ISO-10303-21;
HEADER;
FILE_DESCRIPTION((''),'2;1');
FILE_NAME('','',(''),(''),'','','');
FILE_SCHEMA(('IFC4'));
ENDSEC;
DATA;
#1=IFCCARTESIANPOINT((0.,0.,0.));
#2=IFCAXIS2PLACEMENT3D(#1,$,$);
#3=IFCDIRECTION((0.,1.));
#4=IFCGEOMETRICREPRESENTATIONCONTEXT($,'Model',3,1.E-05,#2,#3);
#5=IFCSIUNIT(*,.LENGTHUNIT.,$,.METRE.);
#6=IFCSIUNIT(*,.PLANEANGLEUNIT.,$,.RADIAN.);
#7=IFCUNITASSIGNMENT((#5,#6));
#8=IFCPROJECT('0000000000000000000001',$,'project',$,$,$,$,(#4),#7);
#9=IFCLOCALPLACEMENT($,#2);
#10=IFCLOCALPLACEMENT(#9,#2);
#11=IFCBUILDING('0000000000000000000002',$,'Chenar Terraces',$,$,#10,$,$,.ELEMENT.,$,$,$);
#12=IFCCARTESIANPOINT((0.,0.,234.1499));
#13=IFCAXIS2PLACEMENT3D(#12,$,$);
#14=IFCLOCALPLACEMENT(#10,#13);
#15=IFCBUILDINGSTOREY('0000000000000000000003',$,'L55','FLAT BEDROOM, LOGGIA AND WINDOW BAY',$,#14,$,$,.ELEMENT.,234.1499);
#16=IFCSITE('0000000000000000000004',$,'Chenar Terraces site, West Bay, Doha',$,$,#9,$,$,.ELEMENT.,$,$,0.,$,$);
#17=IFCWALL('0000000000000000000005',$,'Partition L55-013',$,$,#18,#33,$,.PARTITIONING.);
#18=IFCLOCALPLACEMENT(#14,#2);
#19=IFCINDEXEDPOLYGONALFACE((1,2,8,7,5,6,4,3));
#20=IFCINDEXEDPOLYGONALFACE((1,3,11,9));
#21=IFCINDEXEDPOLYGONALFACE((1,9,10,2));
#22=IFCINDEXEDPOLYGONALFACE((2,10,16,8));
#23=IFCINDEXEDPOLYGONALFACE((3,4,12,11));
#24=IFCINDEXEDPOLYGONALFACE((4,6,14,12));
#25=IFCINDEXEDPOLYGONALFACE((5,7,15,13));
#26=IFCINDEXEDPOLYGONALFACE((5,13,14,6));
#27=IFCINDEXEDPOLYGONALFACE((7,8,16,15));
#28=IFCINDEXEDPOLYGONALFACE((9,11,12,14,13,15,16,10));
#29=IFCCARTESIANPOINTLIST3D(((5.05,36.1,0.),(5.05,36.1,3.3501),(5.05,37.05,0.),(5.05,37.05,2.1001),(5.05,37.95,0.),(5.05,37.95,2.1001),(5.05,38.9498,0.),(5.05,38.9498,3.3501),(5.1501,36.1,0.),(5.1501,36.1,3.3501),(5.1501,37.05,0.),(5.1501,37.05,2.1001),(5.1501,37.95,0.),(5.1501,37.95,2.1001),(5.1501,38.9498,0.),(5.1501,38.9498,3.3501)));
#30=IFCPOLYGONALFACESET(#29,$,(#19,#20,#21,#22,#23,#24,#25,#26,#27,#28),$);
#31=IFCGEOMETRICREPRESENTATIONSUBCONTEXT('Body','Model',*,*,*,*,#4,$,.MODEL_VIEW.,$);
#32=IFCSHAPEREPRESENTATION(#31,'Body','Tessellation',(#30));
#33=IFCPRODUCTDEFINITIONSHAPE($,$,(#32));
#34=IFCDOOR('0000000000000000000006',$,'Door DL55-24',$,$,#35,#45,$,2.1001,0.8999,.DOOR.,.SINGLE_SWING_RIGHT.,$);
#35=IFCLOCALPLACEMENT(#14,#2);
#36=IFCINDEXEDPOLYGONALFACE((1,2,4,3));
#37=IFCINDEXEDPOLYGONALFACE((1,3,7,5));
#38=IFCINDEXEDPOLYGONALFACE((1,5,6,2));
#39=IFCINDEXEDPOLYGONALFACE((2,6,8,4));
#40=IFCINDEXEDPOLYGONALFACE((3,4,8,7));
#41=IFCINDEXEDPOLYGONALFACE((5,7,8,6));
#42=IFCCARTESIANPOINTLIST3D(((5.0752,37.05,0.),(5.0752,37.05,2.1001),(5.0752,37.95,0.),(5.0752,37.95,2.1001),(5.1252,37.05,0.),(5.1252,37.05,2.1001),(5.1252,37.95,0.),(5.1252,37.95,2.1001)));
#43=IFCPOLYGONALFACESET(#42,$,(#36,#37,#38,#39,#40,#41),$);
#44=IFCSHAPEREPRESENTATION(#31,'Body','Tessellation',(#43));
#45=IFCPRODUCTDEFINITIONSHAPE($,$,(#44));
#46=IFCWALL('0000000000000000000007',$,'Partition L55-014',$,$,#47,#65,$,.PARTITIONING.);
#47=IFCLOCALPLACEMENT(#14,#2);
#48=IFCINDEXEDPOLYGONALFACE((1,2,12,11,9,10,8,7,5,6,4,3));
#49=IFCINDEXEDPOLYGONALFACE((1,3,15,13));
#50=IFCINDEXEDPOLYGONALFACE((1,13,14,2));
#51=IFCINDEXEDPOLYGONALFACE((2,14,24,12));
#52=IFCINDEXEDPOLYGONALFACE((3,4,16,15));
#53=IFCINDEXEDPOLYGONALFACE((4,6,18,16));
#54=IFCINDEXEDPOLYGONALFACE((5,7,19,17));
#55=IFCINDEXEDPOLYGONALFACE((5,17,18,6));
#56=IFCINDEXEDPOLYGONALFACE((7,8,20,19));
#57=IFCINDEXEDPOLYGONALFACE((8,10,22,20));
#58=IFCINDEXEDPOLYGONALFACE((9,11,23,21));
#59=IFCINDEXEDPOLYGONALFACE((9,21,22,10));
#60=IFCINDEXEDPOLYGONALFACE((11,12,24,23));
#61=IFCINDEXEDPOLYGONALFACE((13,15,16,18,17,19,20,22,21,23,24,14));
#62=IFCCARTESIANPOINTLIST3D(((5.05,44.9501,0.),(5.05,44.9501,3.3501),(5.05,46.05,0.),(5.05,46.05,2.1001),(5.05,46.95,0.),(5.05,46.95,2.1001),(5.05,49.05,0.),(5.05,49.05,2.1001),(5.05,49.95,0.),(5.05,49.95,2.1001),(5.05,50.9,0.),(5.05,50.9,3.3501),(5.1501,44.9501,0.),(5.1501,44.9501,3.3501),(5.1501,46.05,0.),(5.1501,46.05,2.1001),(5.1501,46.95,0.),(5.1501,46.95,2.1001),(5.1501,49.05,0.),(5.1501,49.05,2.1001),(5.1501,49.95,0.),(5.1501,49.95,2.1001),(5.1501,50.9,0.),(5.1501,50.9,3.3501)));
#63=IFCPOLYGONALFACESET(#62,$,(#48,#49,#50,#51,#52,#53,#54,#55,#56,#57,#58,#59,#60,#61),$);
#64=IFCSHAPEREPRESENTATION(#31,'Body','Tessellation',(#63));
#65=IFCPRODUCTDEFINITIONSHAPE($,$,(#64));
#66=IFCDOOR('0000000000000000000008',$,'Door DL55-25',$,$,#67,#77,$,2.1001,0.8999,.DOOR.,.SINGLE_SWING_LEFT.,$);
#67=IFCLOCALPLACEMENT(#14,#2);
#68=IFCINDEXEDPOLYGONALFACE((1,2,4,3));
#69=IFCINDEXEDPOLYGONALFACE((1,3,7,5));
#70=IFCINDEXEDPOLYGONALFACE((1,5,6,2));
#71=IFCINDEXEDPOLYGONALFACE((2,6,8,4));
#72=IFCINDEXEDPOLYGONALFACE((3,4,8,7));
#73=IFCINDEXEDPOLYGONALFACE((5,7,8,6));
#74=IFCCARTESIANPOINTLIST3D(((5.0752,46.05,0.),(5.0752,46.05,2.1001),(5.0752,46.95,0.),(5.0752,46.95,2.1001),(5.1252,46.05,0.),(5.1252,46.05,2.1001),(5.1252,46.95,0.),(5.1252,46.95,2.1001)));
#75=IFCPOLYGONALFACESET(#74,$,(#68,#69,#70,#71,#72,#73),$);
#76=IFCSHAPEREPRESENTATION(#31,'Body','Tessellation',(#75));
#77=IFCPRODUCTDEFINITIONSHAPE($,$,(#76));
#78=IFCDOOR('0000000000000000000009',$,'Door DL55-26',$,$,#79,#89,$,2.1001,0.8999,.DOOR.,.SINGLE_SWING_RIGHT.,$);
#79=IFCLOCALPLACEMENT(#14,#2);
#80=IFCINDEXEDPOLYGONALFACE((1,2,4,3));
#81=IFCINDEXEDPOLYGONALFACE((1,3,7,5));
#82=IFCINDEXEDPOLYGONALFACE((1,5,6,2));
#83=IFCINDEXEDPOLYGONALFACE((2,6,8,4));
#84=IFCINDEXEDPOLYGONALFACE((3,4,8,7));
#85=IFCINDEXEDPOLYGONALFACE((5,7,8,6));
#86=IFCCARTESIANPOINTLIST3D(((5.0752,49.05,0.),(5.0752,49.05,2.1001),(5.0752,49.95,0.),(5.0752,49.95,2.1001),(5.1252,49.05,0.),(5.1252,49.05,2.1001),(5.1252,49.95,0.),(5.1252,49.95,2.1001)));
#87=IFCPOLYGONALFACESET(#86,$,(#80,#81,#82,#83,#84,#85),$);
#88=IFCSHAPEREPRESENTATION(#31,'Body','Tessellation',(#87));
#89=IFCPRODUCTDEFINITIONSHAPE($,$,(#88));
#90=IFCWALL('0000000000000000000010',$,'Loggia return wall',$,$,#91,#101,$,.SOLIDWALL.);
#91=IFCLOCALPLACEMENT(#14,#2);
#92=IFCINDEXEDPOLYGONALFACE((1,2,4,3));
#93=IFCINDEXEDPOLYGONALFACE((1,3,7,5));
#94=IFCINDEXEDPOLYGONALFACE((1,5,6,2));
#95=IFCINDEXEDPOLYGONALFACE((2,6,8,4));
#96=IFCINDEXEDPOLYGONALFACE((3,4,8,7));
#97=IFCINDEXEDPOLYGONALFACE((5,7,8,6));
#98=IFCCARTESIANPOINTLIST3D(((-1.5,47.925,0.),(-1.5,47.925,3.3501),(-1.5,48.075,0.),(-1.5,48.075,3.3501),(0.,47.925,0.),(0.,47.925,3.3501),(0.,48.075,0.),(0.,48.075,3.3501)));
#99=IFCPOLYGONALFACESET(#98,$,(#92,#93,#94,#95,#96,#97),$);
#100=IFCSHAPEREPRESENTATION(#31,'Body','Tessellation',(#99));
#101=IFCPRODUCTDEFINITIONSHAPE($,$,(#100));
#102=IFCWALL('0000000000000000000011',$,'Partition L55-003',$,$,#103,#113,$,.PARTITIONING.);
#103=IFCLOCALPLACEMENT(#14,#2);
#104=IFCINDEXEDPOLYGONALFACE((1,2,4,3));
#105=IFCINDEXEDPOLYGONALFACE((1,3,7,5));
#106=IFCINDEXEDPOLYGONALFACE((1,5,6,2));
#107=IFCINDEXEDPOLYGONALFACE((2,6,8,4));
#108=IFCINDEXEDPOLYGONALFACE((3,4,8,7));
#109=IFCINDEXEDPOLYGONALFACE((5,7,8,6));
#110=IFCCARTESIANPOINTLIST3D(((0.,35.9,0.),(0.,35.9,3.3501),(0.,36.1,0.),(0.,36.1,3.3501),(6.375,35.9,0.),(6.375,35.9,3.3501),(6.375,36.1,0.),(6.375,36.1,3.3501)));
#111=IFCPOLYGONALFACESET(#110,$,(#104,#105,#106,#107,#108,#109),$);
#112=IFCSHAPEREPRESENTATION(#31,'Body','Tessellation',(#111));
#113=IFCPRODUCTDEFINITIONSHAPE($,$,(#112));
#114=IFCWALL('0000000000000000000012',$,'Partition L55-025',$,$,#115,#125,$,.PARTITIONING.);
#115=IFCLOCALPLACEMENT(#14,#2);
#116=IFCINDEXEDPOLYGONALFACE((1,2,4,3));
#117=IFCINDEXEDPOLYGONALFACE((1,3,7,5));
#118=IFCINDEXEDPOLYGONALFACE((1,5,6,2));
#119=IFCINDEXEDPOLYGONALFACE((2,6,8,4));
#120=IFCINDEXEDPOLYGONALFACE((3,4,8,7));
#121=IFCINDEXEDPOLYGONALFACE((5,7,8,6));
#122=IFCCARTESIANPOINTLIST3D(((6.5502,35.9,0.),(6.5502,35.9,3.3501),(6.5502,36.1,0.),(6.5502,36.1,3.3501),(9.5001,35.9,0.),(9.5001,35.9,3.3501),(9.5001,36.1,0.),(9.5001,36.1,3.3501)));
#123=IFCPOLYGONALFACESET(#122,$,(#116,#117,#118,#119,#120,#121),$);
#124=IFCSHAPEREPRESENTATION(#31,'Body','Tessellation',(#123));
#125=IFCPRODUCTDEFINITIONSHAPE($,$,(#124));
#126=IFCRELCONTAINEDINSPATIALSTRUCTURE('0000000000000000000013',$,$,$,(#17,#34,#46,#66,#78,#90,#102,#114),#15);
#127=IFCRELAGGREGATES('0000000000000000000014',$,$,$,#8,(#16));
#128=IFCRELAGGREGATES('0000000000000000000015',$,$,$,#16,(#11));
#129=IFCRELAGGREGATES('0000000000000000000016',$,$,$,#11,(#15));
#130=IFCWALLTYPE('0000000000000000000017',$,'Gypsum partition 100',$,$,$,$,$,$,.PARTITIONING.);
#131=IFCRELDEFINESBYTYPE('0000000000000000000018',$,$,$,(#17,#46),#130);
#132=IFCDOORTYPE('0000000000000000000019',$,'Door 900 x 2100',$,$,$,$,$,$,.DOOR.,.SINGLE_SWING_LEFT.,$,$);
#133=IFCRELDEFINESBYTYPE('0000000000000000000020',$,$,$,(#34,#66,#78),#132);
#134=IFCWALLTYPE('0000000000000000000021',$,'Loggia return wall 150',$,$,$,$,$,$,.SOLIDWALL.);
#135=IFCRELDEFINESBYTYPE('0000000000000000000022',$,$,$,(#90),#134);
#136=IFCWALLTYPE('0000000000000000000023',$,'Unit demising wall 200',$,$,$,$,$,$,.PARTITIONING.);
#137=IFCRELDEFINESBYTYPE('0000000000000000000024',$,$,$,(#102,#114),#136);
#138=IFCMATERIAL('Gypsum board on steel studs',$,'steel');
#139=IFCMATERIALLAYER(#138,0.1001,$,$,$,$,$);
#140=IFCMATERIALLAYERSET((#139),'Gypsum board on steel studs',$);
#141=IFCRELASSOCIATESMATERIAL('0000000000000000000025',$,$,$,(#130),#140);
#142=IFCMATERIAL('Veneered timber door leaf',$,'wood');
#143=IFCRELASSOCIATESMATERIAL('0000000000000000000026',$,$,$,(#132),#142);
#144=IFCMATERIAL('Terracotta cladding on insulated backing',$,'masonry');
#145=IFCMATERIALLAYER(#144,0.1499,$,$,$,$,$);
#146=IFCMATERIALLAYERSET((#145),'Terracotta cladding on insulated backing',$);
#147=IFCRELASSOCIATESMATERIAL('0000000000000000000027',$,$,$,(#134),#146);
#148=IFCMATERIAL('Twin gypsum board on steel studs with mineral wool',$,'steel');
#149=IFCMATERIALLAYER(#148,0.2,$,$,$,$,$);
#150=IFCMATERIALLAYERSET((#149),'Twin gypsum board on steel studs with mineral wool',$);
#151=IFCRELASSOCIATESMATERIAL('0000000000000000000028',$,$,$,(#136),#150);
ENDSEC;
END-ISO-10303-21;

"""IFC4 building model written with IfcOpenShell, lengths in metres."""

from ifc_helpers import new_model, si_unit, direction, frame, frame_2d, origin, place, context, subcontext, project, spatial, rectangle, extrude, material, layer, layer_set, type_object, element, fill, save


model = new_model("IFC4")

# Units and contexts
model_context = context("Model", 3, precision=1e-05, world=origin(), true_north=direction((0.0, 1.0)))
body_context = subcontext(model_context, "Body", "Model", "MODEL_VIEW")
ifc_project = project(units=[si_unit("LENGTHUNIT", "METRE"), si_unit("PLANEANGLEUNIT", "RADIAN")], contexts=[model_context])

# Site, building, storey
site_placement = place(None, origin())
site = spatial("IfcSite", under=ifc_project, at=site_placement, Name="Chenar Terraces site, West Bay, Doha", CompositionType="ELEMENT", RefElevation=0.0)
building_placement = place(site_placement, origin())
building = spatial("IfcBuilding", under=site, at=building_placement, Name="Chenar Terraces", CompositionType="ELEMENT")
storey_placement = place(building_placement, frame((0.0, 0.0, 234.1499)))
storey = spatial("IfcBuildingStorey", under=building, at=storey_placement, Name="L55", Description="FLAT BEDROOM, LOGGIA AND WINDOW BAY", CompositionType="ELEMENT", Elevation=234.1499)

# Shared definitions
ifc_material_1 = material(Name="Gypsum board on steel studs", Category="steel")
ifc_layer_1 = layer(ifc_material_1, 0.1001)
ifc_layer_set_1 = layer_set([ifc_layer_1], Name="Gypsum board on steel studs")
wall_type_1 = type_object("IfcWallType", Name="Gypsum partition 100", PredefinedType="PARTITIONING", material=ifc_layer_set_1)

# Wall, opening, door
wall_1_placement = place(storey_placement, frame((5.1001, 36.1001, 0.0), z_axis=(0.0, 0.0, 1.0), x_axis=(0.0, 1.0, 0.0)))
wall_1 = element("IfcWall", 1, at=wall_1_placement, inside=storey, type_object=wall_type_1, Name="Partition L55-013", PredefinedType="PARTITIONING", context=body_context, shape_type="SweptSolid", body=[
    extrude(rectangle(XDim=2.8499, YDim=0.1001, at=frame_2d((1.4248, 0.0))), origin(), (0.0, 0.0, 1.0), 3.3501),
])
opening_1_placement = place(wall_1_placement, frame((0.95, 0.0, 0.0)))
opening_1 = element("IfcOpeningElement", 2, at=opening_1_placement, cuts=wall_1, PredefinedType="OPENING", context=body_context, shape_type="SweptSolid", body=[
    extrude(rectangle(XDim=0.8999, YDim=2.1001, at=frame_2d((0.45, 1.05))), frame((0.0, 0.0601, 0.0), z_axis=(0.0, -1.0, 0.0), x_axis=(1.0, 0.0, 0.0)), (0.0, 0.0, 1.0), 0.1201),
])
ifc_material_2 = material(Name="Veneered timber door leaf", Category="wood")
door_type_1 = type_object("IfcDoorType", Name="Door 900 x 2100", OperationType="SINGLE_SWING_LEFT", PredefinedType="DOOR", material=ifc_material_2)
door_1_placement = place(opening_1_placement, origin())
door_1 = element("IfcDoor", 3, at=door_1_placement, inside=storey, type_object=door_type_1, Name="Door DL55-24", OperationType="SINGLE_SWING_RIGHT", OverallHeight=2.1001, OverallWidth=0.8999, PredefinedType="DOOR", context=body_context, shape_type="SweptSolid", body=[
    extrude(rectangle(XDim=0.8999, YDim=2.1001, at=frame_2d((0.45, 1.05))), frame((0.0, 0.0249, 0.0), z_axis=(0.0, -1.0, 0.0), x_axis=(1.0, 0.0, 0.0)), (0.0, 0.0, 1.0), 0.05),
])
fill(opening_1, door_1)

# Wall, openings, doors
wall_2_placement = place(storey_placement, frame((5.1001, 44.95, 0.0), z_axis=(0.0, 0.0, 1.0), x_axis=(0.0, 1.0, 0.0)))
wall_2 = element("IfcWall", 4, at=wall_2_placement, inside=storey, type_object=wall_type_1, Name="Partition L55-014", PredefinedType="PARTITIONING", context=body_context, shape_type="SweptSolid", body=[
    extrude(rectangle(XDim=5.95, YDim=0.1001, at=frame_2d((2.9751, 0.0))), origin(), (0.0, 0.0, 1.0), 3.3501),
])
opening_2_placement = place(wall_2_placement, frame((1.1001, 0.0, 0.0)))
opening_2 = element("IfcOpeningElement", 5, at=opening_2_placement, cuts=wall_2, PredefinedType="OPENING", context=body_context, shape_type="SweptSolid", body=[
    extrude(rectangle(XDim=0.8999, YDim=2.1001, at=frame_2d((0.45, 1.05))), frame((0.0, 0.0601, 0.0), z_axis=(0.0, -1.0, 0.0), x_axis=(1.0, 0.0, 0.0)), (0.0, 0.0, 1.0), 0.1201),
])
opening_3_placement = place(wall_2_placement, frame((4.1001, 0.0, 0.0)))
opening_3 = element("IfcOpeningElement", 6, at=opening_3_placement, cuts=wall_2, PredefinedType="OPENING", context=body_context, shape_type="SweptSolid", body=[
    extrude(rectangle(XDim=0.8999, YDim=2.1001, at=frame_2d((0.45, 1.05))), frame((0.0, 0.0601, 0.0), z_axis=(0.0, -1.0, 0.0), x_axis=(1.0, 0.0, 0.0)), (0.0, 0.0, 1.0), 0.1201),
])
door_2_placement = place(opening_2_placement, origin())
door_2 = element("IfcDoor", 7, at=door_2_placement, inside=storey, type_object=door_type_1, Name="Door DL55-25", OperationType="SINGLE_SWING_LEFT", OverallHeight=2.1001, OverallWidth=0.8999, PredefinedType="DOOR", context=body_context, shape_type="SweptSolid", body=[
    extrude(rectangle(XDim=0.8999, YDim=2.1001, at=frame_2d((0.45, 1.05))), frame((0.0, 0.0249, 0.0), z_axis=(0.0, -1.0, 0.0), x_axis=(1.0, 0.0, 0.0)), (0.0, 0.0, 1.0), 0.05),
])
fill(opening_2, door_2)
door_3_placement = place(opening_3_placement, origin())
door_3 = element("IfcDoor", 8, at=door_3_placement, inside=storey, type_object=door_type_1, Name="Door DL55-26", OperationType="SINGLE_SWING_RIGHT", OverallHeight=2.1001, OverallWidth=0.8999, PredefinedType="DOOR", context=body_context, shape_type="SweptSolid", body=[
    extrude(rectangle(XDim=0.8999, YDim=2.1001, at=frame_2d((0.45, 1.05))), frame((0.0, 0.0249, 0.0), z_axis=(0.0, -1.0, 0.0), x_axis=(1.0, 0.0, 0.0)), (0.0, 0.0, 1.0), 0.05),
])
fill(opening_3, door_3)

# Walls
ifc_material_3 = material(Name="Terracotta cladding on insulated backing", Category="masonry")
ifc_layer_2 = layer(ifc_material_3, 0.1499)
ifc_layer_set_2 = layer_set([ifc_layer_2], Name="Terracotta cladding on insulated backing")
wall_type_2 = type_object("IfcWallType", Name="Loggia return wall 150", PredefinedType="SOLIDWALL", material=ifc_layer_set_2)
wall_3_placement = place(storey_placement, frame((-1.5, 48.0, 0.0), z_axis=(0.0, 0.0, 1.0), x_axis=(1.0, 0.0, 0.0)))
element("IfcWall", 9, at=wall_3_placement, inside=storey, type_object=wall_type_2, Name="Loggia return wall", PredefinedType="SOLIDWALL", context=body_context, shape_type="SweptSolid", body=[
    extrude(rectangle(XDim=1.5, YDim=0.1499, at=frame_2d((0.75, 0.0))), origin(), (0.0, 0.0, 1.0), 3.3501),
])
ifc_material_4 = material(Name="Twin gypsum board on steel studs with mineral wool", Category="steel")
ifc_layer_3 = layer(ifc_material_4, 0.2)
ifc_layer_set_3 = layer_set([ifc_layer_3], Name="Twin gypsum board on steel studs with mineral wool")
wall_type_3 = type_object("IfcWallType", Name="Unit demising wall 200", PredefinedType="PARTITIONING", material=ifc_layer_set_3)
wall_4_placement = place(storey_placement, frame((0.0, 36.0, 0.0), z_axis=(0.0, 0.0, 1.0), x_axis=(1.0, 0.0, 0.0)))
element("IfcWall", 10, at=wall_4_placement, inside=storey, type_object=wall_type_3, Name="Partition L55-003", PredefinedType="PARTITIONING", context=body_context, shape_type="SweptSolid", body=[
    extrude(rectangle(XDim=6.375, YDim=0.2, at=frame_2d((3.1875, 0.0))), origin(), (0.0, 0.0, 1.0), 3.3501),
])
wall_5_placement = place(storey_placement, frame((6.55, 36.0, 0.0), z_axis=(0.0, 0.0, 1.0), x_axis=(1.0, 0.0, 0.0)))
element("IfcWall", 11, at=wall_5_placement, inside=storey, type_object=wall_type_3, Name="Partition L55-025", PredefinedType="PARTITIONING", context=body_context, shape_type="SweptSolid", body=[
    extrude(rectangle(XDim=2.95, YDim=0.2, at=frame_2d((1.4751, 0.0))), origin(), (0.0, 0.0, 1.0), 3.3501),
])

save(model, "model.ifc")
